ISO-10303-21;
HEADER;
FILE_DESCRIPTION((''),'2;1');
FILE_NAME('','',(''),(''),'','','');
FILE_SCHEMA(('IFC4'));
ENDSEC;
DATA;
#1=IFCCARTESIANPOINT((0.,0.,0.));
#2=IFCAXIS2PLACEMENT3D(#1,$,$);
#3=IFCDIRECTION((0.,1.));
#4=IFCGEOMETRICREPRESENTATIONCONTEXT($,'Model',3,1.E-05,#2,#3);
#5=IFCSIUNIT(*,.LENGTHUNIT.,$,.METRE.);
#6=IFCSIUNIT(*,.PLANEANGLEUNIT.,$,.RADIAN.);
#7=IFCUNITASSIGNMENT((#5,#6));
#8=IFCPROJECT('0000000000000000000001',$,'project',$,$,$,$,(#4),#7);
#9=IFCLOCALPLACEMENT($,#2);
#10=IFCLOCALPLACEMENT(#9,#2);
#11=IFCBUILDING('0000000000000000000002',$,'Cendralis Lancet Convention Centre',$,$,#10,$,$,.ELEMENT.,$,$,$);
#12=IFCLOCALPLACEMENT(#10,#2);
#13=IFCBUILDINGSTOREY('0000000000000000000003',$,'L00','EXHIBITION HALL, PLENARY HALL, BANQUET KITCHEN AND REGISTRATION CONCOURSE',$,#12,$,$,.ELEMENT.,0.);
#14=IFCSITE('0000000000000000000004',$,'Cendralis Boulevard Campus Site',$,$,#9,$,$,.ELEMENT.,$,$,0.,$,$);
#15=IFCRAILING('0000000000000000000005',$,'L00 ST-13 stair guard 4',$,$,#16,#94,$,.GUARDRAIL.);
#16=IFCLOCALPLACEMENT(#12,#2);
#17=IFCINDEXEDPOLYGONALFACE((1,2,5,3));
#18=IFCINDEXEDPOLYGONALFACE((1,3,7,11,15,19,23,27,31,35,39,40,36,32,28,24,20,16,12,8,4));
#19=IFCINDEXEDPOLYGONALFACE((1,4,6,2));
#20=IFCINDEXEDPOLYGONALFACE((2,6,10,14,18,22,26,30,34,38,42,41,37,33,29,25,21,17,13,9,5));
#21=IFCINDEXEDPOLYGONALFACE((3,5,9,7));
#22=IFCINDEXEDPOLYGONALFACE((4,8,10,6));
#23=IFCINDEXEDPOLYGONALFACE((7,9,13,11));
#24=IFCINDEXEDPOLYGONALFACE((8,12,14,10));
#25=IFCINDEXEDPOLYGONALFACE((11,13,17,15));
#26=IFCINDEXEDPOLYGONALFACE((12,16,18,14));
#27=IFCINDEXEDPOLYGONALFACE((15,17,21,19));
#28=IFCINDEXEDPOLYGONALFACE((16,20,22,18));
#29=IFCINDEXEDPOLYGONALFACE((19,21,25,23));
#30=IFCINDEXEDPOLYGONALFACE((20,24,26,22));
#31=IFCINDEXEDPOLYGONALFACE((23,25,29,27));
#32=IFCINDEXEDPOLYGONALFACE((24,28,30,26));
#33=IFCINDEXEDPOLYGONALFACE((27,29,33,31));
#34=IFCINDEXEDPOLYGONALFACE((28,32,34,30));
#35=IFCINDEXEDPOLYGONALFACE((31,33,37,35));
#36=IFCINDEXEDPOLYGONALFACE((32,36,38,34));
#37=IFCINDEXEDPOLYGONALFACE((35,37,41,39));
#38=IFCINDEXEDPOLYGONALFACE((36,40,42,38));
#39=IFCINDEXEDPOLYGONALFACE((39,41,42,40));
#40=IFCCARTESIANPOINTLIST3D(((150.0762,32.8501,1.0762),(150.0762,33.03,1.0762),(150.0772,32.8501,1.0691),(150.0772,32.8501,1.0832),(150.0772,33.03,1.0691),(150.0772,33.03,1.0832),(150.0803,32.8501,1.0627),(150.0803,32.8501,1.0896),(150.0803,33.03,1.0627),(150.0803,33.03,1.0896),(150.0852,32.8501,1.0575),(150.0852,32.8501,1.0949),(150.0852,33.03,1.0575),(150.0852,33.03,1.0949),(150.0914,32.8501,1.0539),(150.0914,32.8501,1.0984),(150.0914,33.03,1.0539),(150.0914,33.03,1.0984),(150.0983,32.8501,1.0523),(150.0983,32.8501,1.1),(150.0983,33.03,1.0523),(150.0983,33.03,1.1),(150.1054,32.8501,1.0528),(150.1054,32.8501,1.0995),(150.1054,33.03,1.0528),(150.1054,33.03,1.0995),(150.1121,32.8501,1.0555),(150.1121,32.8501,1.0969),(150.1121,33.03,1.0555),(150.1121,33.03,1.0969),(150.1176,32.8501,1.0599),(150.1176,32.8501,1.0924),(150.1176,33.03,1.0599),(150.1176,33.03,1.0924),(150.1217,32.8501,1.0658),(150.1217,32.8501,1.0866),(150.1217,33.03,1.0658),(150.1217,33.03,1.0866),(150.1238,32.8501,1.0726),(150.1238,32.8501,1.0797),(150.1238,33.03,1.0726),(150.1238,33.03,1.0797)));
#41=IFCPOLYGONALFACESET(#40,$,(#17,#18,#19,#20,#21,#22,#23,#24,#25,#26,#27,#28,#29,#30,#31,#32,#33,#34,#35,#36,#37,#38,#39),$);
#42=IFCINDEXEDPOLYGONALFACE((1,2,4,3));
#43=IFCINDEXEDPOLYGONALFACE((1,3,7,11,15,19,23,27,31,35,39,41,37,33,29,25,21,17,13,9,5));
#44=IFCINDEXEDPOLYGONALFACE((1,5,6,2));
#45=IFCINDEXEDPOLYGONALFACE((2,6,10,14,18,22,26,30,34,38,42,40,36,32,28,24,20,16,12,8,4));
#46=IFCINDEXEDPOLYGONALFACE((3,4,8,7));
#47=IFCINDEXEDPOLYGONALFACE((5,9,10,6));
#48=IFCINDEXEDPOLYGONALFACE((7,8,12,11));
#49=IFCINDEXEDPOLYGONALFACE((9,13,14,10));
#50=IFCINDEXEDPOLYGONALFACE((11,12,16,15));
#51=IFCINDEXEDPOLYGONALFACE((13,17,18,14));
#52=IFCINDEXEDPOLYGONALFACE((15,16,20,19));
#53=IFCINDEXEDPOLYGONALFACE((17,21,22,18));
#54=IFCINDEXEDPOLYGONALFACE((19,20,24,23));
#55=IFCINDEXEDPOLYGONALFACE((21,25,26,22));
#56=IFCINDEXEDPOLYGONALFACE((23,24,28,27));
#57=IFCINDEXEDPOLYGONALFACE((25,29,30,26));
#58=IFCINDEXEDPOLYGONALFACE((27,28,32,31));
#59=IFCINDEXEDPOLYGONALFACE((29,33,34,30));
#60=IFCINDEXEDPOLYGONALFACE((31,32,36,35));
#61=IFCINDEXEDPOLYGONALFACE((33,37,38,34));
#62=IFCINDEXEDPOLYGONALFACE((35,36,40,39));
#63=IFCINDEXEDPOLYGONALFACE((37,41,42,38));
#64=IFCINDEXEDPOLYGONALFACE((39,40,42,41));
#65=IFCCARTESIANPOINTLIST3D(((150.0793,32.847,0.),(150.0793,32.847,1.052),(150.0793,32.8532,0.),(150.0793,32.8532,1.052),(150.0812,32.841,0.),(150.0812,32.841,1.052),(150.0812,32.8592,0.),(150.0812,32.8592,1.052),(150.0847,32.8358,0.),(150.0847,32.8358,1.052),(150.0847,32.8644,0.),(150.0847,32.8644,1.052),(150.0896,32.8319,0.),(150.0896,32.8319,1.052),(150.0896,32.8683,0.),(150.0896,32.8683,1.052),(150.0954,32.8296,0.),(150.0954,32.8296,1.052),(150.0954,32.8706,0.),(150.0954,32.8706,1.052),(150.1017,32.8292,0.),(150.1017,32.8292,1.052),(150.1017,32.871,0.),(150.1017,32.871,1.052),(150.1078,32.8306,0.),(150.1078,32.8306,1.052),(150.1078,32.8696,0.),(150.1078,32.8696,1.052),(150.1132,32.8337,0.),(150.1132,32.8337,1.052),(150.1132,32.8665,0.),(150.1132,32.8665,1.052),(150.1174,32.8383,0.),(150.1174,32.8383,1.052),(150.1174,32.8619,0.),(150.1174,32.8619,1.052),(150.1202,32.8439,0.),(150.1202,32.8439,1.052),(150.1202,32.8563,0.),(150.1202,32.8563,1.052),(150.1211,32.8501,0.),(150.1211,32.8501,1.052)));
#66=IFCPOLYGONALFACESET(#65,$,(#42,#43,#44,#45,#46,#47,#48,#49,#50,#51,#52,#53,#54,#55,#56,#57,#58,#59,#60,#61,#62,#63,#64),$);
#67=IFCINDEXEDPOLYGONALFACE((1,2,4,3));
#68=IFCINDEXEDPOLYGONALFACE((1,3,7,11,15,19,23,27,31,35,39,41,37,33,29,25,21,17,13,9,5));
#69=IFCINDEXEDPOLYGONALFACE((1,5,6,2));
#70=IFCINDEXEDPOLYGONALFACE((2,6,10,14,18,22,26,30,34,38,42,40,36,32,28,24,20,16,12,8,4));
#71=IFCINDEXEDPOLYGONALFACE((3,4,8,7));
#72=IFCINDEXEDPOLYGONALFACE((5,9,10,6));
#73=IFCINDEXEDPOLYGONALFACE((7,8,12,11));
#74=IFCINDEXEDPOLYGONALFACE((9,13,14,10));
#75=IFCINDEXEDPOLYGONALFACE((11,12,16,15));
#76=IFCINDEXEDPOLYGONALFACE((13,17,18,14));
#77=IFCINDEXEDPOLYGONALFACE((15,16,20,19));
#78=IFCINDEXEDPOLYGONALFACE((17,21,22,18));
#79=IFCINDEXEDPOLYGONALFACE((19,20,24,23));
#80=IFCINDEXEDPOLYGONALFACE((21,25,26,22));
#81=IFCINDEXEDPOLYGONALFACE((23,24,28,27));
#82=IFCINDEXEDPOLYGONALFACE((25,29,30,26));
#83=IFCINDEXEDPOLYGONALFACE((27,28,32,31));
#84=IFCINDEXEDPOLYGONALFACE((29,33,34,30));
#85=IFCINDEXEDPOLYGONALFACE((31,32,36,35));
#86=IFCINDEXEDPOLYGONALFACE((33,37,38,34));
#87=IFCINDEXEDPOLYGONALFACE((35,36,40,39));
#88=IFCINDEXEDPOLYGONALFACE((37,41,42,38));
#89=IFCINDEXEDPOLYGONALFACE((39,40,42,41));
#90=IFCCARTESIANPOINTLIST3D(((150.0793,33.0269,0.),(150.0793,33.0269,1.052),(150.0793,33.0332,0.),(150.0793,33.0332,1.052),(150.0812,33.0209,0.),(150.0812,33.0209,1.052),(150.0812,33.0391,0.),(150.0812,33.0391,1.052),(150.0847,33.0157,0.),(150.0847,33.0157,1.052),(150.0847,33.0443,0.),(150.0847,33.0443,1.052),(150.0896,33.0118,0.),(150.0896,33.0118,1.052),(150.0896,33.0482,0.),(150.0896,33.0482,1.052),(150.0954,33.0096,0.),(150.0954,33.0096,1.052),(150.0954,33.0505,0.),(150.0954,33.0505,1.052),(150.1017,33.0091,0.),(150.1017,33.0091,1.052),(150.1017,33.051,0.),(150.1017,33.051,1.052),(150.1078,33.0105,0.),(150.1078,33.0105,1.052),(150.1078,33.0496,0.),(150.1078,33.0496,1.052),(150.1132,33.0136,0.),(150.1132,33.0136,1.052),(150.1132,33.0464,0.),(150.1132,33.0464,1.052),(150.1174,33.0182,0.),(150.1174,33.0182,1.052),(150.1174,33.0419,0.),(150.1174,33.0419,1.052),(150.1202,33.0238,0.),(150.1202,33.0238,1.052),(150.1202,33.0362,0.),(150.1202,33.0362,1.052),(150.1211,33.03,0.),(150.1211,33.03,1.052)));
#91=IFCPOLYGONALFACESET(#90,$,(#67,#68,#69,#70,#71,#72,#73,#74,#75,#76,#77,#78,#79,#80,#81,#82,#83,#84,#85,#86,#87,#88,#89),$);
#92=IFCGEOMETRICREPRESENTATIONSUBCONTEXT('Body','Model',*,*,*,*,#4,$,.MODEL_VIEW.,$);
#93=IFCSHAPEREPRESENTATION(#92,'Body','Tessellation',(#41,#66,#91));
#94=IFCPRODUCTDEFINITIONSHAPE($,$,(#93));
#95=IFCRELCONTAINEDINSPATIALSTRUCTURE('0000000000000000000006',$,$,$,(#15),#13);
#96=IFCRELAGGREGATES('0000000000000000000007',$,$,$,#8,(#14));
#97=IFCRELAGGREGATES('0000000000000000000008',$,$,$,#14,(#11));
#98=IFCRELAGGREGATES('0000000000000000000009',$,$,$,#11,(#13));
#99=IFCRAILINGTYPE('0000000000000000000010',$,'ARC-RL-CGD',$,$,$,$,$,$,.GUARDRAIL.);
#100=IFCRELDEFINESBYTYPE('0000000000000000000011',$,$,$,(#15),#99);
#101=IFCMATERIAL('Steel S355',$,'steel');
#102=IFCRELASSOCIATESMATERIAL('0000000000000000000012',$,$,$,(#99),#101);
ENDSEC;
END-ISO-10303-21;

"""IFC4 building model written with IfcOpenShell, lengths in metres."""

from ifc_helpers import new_model, si_unit, direction, frame, origin, origin_2d, place, context, subcontext, project, spatial, circle, extrude, material, type_object, element, save


model = new_model("IFC4")

# Units and contexts
model_context = context("Model", 3, precision=1e-05, world=origin(), true_north=direction((0.0, 1.0)))
body_context = subcontext(model_context, "Body", "Model", "MODEL_VIEW")
ifc_project = project(units=[si_unit("LENGTHUNIT", "METRE"), si_unit("PLANEANGLEUNIT", "RADIAN")], contexts=[model_context])

# Site, building, storey
site_placement = place(None, origin())
site = spatial("IfcSite", under=ifc_project, at=site_placement, Name="Cendralis Boulevard Campus Site", CompositionType="ELEMENT", RefElevation=0.0)
building_placement = place(site_placement, origin())
building = spatial("IfcBuilding", under=site, at=building_placement, Name="Cendralis Lancet Convention Centre", CompositionType="ELEMENT")
storey_placement = place(building_placement, origin())
storey = spatial("IfcBuildingStorey", under=building, at=storey_placement, Name="L00", Description="EXHIBITION HALL, PLENARY HALL, BANQUET KITCHEN AND REGISTRATION CONCOURSE", CompositionType="ELEMENT", Elevation=0.0)

# Shared definitions
ifc_material_1 = material(Name="Steel S355", Category="steel")

# Railing
railing_type_1 = type_object("IfcRailingType", Name="ARC-RL-CGD", PredefinedType="GUARDRAIL", material=ifc_material_1)
railing_1_placement = place(storey_placement, frame((150.1001, 32.8501, 0.0)))
element("IfcRailing", 1, at=railing_1_placement, inside=storey, type_object=railing_type_1, Name="L00 ST-13 stair guard 4", PredefinedType="GUARDRAIL", context=body_context, shape_type="SweptSolid", body=[
    extrude(circle(Radius=0.0239, at=origin_2d()), frame((0.0, 0.0, 1.0762), z_axis=(0.0, 1.0, 0.0), x_axis=(-1.0, 0.0, 0.0)), (0.0, 0.0, 1.0), 0.1799),
    extrude(circle(Radius=0.021, at=origin_2d()), origin(), (0.0, 0.0, 1.0), 1.052),
    extrude(circle(Radius=0.021, at=origin_2d()), frame((0.0, 0.1799, 0.0)), (0.0, 0.0, 1.0), 1.052),
])

save(model, "model.ifc")
